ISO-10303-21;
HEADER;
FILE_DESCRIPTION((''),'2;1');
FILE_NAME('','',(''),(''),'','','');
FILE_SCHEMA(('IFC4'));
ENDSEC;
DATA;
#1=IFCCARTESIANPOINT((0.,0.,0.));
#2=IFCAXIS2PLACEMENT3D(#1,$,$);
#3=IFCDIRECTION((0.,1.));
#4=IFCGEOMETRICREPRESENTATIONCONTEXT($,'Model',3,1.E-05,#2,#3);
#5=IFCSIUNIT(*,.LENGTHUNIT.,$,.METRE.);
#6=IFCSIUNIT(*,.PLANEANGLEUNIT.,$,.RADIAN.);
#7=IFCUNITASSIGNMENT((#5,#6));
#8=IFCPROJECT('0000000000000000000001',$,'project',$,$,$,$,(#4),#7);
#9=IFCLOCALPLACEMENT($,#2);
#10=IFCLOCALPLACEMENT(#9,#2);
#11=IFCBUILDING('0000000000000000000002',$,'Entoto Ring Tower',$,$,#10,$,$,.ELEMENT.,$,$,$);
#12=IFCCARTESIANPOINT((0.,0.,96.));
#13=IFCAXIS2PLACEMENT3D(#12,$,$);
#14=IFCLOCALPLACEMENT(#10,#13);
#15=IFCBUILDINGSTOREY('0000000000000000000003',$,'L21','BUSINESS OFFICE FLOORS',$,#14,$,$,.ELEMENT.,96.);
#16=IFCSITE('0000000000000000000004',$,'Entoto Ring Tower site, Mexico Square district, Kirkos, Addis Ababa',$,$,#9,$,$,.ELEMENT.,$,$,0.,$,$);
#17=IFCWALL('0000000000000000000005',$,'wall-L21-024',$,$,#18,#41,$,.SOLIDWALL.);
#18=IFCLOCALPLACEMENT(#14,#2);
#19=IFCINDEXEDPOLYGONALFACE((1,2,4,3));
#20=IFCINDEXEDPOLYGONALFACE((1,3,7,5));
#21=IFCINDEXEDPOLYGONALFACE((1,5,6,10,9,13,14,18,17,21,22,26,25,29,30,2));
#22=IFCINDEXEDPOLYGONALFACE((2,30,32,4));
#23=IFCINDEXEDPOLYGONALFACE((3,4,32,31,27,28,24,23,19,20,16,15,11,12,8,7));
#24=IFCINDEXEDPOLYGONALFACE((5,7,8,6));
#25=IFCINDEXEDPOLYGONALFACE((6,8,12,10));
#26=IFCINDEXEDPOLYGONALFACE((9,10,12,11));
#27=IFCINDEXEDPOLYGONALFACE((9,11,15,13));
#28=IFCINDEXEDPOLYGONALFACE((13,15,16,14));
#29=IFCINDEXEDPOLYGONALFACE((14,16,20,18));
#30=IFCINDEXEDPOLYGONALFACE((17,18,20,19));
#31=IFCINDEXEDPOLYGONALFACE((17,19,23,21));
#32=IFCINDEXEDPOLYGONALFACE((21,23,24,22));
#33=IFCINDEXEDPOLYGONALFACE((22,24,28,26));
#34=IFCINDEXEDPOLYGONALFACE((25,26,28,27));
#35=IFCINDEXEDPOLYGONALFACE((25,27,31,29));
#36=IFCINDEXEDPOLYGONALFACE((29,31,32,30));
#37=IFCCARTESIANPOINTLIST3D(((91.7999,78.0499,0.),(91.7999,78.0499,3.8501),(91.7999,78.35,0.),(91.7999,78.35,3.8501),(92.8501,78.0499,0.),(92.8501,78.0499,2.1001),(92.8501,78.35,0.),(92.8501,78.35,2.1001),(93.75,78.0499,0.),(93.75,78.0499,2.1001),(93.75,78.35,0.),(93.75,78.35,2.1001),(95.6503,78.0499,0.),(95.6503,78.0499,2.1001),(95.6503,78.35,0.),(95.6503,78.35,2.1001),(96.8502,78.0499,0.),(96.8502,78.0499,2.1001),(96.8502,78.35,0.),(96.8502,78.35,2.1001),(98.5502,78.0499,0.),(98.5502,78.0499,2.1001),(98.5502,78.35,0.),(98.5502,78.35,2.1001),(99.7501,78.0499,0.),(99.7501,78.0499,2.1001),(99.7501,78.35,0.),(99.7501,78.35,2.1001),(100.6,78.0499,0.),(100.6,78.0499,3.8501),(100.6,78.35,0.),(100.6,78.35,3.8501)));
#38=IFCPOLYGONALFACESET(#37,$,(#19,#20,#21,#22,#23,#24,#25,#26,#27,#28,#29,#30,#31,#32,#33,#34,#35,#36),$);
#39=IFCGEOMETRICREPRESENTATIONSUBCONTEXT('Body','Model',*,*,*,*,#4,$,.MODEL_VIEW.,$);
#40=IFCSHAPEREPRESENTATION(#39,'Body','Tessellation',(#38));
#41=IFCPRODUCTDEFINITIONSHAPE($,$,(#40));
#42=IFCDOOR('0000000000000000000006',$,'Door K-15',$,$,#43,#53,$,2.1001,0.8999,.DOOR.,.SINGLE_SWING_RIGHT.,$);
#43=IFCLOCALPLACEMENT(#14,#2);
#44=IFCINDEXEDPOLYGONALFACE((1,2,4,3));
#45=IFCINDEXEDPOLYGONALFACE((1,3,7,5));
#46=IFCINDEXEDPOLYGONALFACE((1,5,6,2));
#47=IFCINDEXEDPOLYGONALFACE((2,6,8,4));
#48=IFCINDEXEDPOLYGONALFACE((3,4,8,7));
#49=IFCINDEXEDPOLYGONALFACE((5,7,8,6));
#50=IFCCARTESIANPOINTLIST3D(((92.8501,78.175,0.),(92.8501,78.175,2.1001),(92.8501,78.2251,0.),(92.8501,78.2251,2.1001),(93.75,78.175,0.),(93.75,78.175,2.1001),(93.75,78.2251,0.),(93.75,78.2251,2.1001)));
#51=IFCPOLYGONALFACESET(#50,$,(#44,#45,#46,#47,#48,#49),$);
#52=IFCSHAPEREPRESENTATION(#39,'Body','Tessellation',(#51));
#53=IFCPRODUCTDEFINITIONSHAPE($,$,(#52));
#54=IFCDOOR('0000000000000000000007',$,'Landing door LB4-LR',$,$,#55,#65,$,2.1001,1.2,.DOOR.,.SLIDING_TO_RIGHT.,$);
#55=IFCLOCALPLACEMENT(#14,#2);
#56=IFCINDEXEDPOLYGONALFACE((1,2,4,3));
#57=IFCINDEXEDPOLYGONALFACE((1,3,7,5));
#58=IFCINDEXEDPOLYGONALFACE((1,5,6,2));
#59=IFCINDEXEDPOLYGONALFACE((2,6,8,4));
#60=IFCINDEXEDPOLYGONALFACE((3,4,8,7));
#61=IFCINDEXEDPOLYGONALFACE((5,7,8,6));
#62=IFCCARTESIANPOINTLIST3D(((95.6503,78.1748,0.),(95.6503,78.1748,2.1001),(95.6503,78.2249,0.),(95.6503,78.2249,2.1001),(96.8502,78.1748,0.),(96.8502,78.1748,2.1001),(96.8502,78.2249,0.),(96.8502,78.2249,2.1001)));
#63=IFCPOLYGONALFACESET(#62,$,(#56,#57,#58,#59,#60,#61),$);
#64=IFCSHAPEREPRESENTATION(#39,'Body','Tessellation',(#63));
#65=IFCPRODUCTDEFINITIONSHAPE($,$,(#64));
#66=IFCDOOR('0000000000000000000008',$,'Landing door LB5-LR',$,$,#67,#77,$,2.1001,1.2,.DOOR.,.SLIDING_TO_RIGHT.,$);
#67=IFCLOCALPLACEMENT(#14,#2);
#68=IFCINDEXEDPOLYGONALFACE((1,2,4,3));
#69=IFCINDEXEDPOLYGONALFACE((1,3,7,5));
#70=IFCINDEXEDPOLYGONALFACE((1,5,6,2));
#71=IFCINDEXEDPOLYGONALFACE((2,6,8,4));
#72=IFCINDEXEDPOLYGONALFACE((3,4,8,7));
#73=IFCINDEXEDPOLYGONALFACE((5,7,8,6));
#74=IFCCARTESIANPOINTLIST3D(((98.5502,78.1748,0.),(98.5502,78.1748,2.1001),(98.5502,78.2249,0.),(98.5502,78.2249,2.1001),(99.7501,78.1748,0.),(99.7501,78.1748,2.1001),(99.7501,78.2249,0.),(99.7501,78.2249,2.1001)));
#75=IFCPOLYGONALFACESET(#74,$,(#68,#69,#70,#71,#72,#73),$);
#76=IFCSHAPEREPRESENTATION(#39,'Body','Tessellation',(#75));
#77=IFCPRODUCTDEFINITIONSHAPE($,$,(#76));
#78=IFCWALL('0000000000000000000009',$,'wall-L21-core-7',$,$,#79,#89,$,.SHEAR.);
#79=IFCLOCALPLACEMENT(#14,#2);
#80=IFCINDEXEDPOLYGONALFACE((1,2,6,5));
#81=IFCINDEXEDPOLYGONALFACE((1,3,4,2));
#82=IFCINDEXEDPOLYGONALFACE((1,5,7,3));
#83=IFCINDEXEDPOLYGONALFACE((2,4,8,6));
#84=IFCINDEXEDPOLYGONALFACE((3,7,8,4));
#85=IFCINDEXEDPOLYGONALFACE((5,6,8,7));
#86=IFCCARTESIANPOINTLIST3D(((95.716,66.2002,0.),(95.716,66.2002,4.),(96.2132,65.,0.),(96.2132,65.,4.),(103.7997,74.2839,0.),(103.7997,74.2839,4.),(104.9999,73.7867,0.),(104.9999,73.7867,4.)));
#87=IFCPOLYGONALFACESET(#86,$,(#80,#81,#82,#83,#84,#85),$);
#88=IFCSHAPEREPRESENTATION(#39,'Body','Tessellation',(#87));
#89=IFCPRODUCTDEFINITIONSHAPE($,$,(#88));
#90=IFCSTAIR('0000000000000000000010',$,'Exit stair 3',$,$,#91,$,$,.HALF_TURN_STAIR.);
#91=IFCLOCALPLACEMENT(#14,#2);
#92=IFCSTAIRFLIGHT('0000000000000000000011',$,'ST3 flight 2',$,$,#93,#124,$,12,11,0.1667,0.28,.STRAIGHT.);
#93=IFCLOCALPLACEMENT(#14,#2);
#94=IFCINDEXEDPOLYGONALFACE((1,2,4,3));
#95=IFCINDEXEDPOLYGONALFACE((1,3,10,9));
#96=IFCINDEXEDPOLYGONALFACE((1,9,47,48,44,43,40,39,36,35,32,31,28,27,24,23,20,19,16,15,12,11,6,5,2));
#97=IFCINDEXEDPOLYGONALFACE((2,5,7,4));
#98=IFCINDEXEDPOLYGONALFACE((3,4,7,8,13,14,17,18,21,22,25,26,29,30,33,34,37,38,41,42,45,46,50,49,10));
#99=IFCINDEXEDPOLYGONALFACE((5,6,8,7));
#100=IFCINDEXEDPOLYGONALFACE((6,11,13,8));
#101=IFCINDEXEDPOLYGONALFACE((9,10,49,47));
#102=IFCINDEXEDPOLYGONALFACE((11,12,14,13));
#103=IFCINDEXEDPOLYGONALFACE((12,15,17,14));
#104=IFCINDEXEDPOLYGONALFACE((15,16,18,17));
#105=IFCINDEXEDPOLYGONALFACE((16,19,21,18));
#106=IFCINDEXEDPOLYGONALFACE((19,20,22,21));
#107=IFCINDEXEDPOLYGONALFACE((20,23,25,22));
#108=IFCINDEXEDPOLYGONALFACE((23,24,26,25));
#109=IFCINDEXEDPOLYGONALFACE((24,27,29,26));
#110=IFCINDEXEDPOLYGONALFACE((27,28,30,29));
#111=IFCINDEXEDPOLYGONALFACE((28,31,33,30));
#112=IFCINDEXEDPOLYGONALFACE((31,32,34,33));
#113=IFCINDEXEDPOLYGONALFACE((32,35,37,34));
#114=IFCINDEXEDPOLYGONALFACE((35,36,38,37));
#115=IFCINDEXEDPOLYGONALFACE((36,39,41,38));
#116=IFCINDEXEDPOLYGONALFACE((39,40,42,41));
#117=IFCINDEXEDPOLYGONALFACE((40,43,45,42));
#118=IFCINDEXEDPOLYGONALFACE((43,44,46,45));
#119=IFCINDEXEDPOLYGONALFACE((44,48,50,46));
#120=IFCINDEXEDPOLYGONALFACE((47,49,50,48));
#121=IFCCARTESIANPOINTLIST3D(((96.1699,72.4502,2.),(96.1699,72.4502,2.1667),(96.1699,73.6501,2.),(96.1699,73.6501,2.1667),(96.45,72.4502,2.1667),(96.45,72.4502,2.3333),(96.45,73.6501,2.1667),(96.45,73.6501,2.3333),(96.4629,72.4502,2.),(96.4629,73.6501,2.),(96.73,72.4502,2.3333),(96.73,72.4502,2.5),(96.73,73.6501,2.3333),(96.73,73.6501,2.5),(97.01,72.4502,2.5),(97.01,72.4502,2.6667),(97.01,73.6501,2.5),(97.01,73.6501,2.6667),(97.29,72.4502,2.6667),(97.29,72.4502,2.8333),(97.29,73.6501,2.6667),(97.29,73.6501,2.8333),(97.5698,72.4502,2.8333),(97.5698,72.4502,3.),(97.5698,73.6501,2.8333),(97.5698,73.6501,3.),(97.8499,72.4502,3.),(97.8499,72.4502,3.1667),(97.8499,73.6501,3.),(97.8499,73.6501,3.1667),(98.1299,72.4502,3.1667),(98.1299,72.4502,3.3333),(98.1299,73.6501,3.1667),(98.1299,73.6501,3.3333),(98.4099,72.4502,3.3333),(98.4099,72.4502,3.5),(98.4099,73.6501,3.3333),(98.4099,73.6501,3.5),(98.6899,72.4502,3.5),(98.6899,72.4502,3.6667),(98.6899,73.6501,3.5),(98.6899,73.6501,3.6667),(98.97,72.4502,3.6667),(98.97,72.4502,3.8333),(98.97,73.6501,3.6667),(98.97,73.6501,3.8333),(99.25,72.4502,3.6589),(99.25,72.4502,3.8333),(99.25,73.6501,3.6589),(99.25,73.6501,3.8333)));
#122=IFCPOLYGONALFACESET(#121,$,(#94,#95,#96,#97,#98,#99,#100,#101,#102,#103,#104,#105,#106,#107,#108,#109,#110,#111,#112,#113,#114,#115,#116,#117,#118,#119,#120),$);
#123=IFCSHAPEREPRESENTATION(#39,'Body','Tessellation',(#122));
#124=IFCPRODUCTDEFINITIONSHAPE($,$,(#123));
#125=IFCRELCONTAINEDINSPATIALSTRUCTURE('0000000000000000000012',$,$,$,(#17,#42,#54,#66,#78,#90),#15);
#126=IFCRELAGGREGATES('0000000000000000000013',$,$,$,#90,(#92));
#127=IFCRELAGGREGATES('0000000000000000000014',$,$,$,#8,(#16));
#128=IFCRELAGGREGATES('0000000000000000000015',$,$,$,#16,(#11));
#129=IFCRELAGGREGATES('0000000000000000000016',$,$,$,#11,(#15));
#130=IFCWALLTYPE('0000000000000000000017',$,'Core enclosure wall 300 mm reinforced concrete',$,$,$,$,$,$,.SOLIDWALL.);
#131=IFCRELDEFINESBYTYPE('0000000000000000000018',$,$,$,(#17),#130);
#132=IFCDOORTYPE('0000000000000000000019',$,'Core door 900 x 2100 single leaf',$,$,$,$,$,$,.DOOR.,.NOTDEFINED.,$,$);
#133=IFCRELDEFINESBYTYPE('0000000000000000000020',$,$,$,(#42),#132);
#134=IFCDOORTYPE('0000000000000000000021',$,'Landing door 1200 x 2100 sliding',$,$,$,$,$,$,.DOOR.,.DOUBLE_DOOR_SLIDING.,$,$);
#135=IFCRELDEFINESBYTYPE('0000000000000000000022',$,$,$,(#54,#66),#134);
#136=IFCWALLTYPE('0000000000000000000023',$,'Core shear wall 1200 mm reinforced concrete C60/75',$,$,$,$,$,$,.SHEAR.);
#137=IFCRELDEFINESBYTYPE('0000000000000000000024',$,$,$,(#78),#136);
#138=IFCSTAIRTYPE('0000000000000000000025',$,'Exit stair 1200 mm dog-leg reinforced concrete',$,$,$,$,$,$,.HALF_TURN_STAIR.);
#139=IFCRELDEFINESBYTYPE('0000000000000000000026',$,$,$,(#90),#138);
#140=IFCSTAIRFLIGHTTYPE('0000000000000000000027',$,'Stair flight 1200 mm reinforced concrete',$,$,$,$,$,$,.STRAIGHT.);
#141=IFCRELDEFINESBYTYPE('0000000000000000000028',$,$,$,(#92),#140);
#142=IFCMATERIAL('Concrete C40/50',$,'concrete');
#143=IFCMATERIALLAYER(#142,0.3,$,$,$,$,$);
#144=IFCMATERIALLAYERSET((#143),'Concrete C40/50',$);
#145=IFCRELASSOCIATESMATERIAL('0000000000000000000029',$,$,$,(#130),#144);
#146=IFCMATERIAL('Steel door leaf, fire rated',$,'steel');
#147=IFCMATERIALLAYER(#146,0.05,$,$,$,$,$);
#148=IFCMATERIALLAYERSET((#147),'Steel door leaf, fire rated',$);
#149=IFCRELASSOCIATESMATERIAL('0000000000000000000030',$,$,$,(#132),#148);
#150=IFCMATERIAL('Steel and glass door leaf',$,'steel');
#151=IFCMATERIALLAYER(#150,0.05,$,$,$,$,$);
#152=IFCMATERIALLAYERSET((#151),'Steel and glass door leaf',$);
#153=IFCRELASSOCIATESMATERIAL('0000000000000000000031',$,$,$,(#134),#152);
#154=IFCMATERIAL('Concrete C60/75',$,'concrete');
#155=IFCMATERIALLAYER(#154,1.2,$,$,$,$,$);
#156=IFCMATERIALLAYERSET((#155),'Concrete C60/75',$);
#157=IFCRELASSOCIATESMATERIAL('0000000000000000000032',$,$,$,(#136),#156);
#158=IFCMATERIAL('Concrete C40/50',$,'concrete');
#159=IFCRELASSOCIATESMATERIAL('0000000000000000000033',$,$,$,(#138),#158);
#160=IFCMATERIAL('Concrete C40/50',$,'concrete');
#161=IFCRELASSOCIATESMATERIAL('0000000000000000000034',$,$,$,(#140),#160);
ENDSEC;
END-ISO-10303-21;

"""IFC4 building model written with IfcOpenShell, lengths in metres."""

from ifc_helpers import new_model, si_unit, direction, frame, frame_2d, origin, place, context, subcontext, project, spatial, polyline, rectangle, outline, extrude, material, layer, layer_set, type_object, element, fill, aggregate, save


model = new_model("IFC4")

# Units and contexts
model_context = context("Model", 3, precision=1e-05, world=origin(), true_north=direction((0.0, 1.0)))
body_context = subcontext(model_context, "Body", "Model", "MODEL_VIEW")
ifc_project = project(units=[si_unit("LENGTHUNIT", "METRE"), si_unit("PLANEANGLEUNIT", "RADIAN")], contexts=[model_context])

# Site, building, storey
site_placement = place(None, origin())
site = spatial("IfcSite", under=ifc_project, at=site_placement, Name="Entoto Ring Tower site, Mexico Square district, Kirkos, Addis Ababa", CompositionType="ELEMENT", RefElevation=0.0)
building_placement = place(site_placement, origin())
building = spatial("IfcBuilding", under=site, at=building_placement, Name="Entoto Ring Tower", CompositionType="ELEMENT")
storey_placement = place(building_placement, frame((0.0, 0.0, 96.0)))
storey = spatial("IfcBuildingStorey", under=building, at=storey_placement, Name="L21", Description="BUSINESS OFFICE FLOORS", CompositionType="ELEMENT", Elevation=96.0)

# Shared definitions
ifc_material_1 = material(Name="Concrete C40/50", Category="concrete")
ifc_layer_1 = layer(ifc_material_1, 0.3)
ifc_layer_set_1 = layer_set([ifc_layer_1], Name="Concrete C40/50")
wall_type_1 = type_object("IfcWallType", Name="Core enclosure wall 300 mm reinforced concrete", PredefinedType="SOLIDWALL", material=ifc_layer_set_1)

# Shared definitions
ifc_material_2 = material(Name="Steel door leaf, fire rated", Category="steel")
ifc_layer_2 = layer(ifc_material_2, 0.05)
ifc_layer_set_2 = layer_set([ifc_layer_2], Name="Steel door leaf, fire rated")
door_type_1 = type_object("IfcDoorType", Name="Core door 900 x 2100 single leaf", OperationType="NOTDEFINED", PredefinedType="DOOR", material=ifc_layer_set_2)

# Wall, openings, doors
wall_1_placement = place(storey_placement, frame((91.8, 78.2, 0.0), z_axis=(0.0, 0.0, 1.0), x_axis=(1.0, 0.0, 0.0)))
wall_1 = element("IfcWall", 1, at=wall_1_placement, inside=storey, type_object=wall_type_1, Name="wall-L21-024", PredefinedType="SOLIDWALL", context=body_context, shape_type="SweptSolid", body=[
    extrude(rectangle(XDim=8.8, YDim=0.3, at=frame_2d((4.3999, 0.0))), origin(), (0.0, 0.0, 1.0), 3.8501),
])
opening_1_placement = place(wall_1_placement, frame((3.8501, 0.0, 0.0)))
opening_1 = element("IfcOpeningElement", 2, at=opening_1_placement, cuts=wall_1, PredefinedType="OPENING", context=body_context, shape_type="SweptSolid", body=[
    extrude(rectangle(XDim=1.2, YDim=2.1001, at=frame_2d((0.6001, 1.05))), frame((0.0, 0.1602, 0.0), z_axis=(0.0, -1.0, 0.0), x_axis=(1.0, 0.0, 0.0)), (0.0, 0.0, 1.0), 0.3201),
])
opening_2_placement = place(wall_1_placement, frame((6.75, 0.0, 0.0)))
opening_2 = element("IfcOpeningElement", 3, at=opening_2_placement, cuts=wall_1, PredefinedType="OPENING", context=body_context, shape_type="SweptSolid", body=[
    extrude(rectangle(XDim=1.2, YDim=2.1001, at=frame_2d((0.6001, 1.05))), frame((0.0, 0.1602, 0.0), z_axis=(0.0, -1.0, 0.0), x_axis=(1.0, 0.0, 0.0)), (0.0, 0.0, 1.0), 0.3201),
])
opening_3_placement = place(wall_1_placement, frame((1.05, 0.0, 0.0)))
opening_3 = element("IfcOpeningElement", 4, at=opening_3_placement, cuts=wall_1, PredefinedType="OPENING", context=body_context, shape_type="SweptSolid", body=[
    extrude(rectangle(XDim=0.8999, YDim=2.1001, at=frame_2d((0.45, 1.05))), frame((0.0, 0.1602, 0.0), z_axis=(0.0, -1.0, 0.0), x_axis=(1.0, 0.0, 0.0)), (0.0, 0.0, 1.0), 0.3201),
])
door_1_placement = place(opening_3_placement, frame((0.8999, 0.0, 0.0), z_axis=(0.0, 0.0, 1.0), x_axis=(-1.0, 0.0, 0.0)))
door_1 = element("IfcDoor", 5, at=door_1_placement, inside=storey, type_object=door_type_1, Name="Door K-15", OperationType="SINGLE_SWING_RIGHT", OverallHeight=2.1001, OverallWidth=0.8999, PredefinedType="DOOR", context=body_context, shape_type="SweptSolid", body=[
    extrude(rectangle(XDim=0.8999, YDim=2.1001, at=frame_2d((0.45, 1.05))), frame((0.0, 0.0249, 0.0), z_axis=(0.0, -1.0, 0.0), x_axis=(1.0, 0.0, 0.0)), (0.0, 0.0, 1.0), 0.05),
])
fill(opening_3, door_1)
ifc_material_3 = material(Name="Steel and glass door leaf", Category="steel")
ifc_layer_3 = layer(ifc_material_3, 0.05)
ifc_layer_set_3 = layer_set([ifc_layer_3], Name="Steel and glass door leaf")
door_type_2 = type_object("IfcDoorType", Name="Landing door 1200 x 2100 sliding", OperationType="DOUBLE_DOOR_SLIDING", PredefinedType="DOOR", material=ifc_layer_set_3)
door_2_placement = place(opening_1_placement, origin())
door_2 = element("IfcDoor", 6, at=door_2_placement, inside=storey, type_object=door_type_2, Name="Landing door LB4-LR", OperationType="SLIDING_TO_RIGHT", OverallHeight=2.1001, OverallWidth=1.2, PredefinedType="DOOR", context=body_context, shape_type="SweptSolid", body=[
    extrude(rectangle(XDim=1.2, YDim=2.1001, at=frame_2d((0.6001, 1.05))), frame((0.0, 0.0249, 0.0), z_axis=(0.0, -1.0, 0.0), x_axis=(1.0, 0.0, 0.0)), (0.0, 0.0, 1.0), 0.05),
])
fill(opening_1, door_2)
door_3_placement = place(opening_2_placement, origin())
door_3 = element("IfcDoor", 7, at=door_3_placement, inside=storey, type_object=door_type_2, Name="Landing door LB5-LR", OperationType="SLIDING_TO_RIGHT", OverallHeight=2.1001, OverallWidth=1.2, PredefinedType="DOOR", context=body_context, shape_type="SweptSolid", body=[
    extrude(rectangle(XDim=1.2, YDim=2.1001, at=frame_2d((0.6001, 1.05))), frame((0.0, 0.0249, 0.0), z_axis=(0.0, -1.0, 0.0), x_axis=(1.0, 0.0, 0.0)), (0.0, 0.0, 1.0), 0.05),
])
fill(opening_2, door_3)

# Wall
ifc_material_4 = material(Name="Concrete C60/75", Category="concrete")
ifc_layer_4 = layer(ifc_material_4, 1.2)
ifc_layer_set_4 = layer_set([ifc_layer_4], Name="Concrete C60/75")
wall_type_2 = type_object("IfcWallType", Name="Core shear wall 1200 mm reinforced concrete C60/75", PredefinedType="SHEAR", material=ifc_layer_set_4)
wall_2_placement = place(storey_placement, frame((95.9646, 65.6001, 0.0), z_axis=(0.0, 0.0, 1.0), x_axis=(0.707107, 0.707107, 0.0)))
element("IfcWall", 8, at=wall_2_placement, inside=storey, type_object=wall_type_2, Name="wall-L21-core-7", PredefinedType="SHEAR", context=body_context, shape_type="SweptSolid", body=[
    extrude(outline(polyline([(-0.2485, -0.6001), (12.1777, -0.6001), (11.6807, 0.6001), (0.2485, 0.6001), (-0.2485, -0.6001)])), origin(), (0.0, 0.0, 1.0), 4.0),
])

# Stair, stair flight
ifc_material_5 = material(Name="Concrete C40/50", Category="concrete")
stair_type = type_object("IfcStairType", Name="Exit stair 1200 mm dog-leg reinforced concrete", PredefinedType="HALF_TURN_STAIR", material=ifc_material_5)
stair_placement = place(storey_placement, origin())
stair = element("IfcStair", 9, at=stair_placement, inside=storey, type_object=stair_type, Name="Exit stair 3", PredefinedType="HALF_TURN_STAIR")
ifc_material_6 = material(Name="Concrete C40/50", Category="concrete")
stair_flight_type = type_object("IfcStairFlightType", Name="Stair flight 1200 mm reinforced concrete", PredefinedType="STRAIGHT", material=ifc_material_6)
stair_flight_placement = place(storey_placement, frame((96.1699, 73.05, 2.0), z_axis=(0.0, 0.0, 1.0), x_axis=(1.0, 0.0, 0.0)))
stair_flight = element("IfcStairFlight", 10, at=stair_flight_placement, type_object=stair_flight_type, Name="ST3 flight 2", NumberOfRisers=12, NumberOfTreads=11, PredefinedType="STRAIGHT", RiserHeight=0.1667, TreadLength=0.28, context=body_context, shape_type="SweptSolid", body=[
    extrude(outline(polyline([(0.0, 0.0), (0.0, 0.1667), (0.28, 0.1667), (0.28, 0.3333), (0.5601, 0.3333), (0.5601, 0.5), (0.8401, 0.5), (0.8401, 0.6667), (1.1201, 0.6667), (1.1201, 0.8333), (1.3999, 0.8333), (1.3999, 1.0), (1.6799, 1.0), (1.6799, 1.1667), (1.96, 1.1667), (1.96, 1.3333), (2.24, 1.3333), (2.24, 1.5), (2.52, 1.5), (2.52, 1.6667), (2.8, 1.6667), (2.8, 1.8333), (3.0801, 1.8333), (3.0801, 2.0), (3.0801, 1.6589), (0.293, 0.0), (0.0, 0.0)])), frame((0.0, 0.6001, 0.0), z_axis=(0.0, -1.0, 0.0), x_axis=(1.0, 0.0, 0.0)), (0.0, 0.0, 1.0), 1.2),
])
aggregate(stair, [stair_flight])

save(model, "model.ifc")
